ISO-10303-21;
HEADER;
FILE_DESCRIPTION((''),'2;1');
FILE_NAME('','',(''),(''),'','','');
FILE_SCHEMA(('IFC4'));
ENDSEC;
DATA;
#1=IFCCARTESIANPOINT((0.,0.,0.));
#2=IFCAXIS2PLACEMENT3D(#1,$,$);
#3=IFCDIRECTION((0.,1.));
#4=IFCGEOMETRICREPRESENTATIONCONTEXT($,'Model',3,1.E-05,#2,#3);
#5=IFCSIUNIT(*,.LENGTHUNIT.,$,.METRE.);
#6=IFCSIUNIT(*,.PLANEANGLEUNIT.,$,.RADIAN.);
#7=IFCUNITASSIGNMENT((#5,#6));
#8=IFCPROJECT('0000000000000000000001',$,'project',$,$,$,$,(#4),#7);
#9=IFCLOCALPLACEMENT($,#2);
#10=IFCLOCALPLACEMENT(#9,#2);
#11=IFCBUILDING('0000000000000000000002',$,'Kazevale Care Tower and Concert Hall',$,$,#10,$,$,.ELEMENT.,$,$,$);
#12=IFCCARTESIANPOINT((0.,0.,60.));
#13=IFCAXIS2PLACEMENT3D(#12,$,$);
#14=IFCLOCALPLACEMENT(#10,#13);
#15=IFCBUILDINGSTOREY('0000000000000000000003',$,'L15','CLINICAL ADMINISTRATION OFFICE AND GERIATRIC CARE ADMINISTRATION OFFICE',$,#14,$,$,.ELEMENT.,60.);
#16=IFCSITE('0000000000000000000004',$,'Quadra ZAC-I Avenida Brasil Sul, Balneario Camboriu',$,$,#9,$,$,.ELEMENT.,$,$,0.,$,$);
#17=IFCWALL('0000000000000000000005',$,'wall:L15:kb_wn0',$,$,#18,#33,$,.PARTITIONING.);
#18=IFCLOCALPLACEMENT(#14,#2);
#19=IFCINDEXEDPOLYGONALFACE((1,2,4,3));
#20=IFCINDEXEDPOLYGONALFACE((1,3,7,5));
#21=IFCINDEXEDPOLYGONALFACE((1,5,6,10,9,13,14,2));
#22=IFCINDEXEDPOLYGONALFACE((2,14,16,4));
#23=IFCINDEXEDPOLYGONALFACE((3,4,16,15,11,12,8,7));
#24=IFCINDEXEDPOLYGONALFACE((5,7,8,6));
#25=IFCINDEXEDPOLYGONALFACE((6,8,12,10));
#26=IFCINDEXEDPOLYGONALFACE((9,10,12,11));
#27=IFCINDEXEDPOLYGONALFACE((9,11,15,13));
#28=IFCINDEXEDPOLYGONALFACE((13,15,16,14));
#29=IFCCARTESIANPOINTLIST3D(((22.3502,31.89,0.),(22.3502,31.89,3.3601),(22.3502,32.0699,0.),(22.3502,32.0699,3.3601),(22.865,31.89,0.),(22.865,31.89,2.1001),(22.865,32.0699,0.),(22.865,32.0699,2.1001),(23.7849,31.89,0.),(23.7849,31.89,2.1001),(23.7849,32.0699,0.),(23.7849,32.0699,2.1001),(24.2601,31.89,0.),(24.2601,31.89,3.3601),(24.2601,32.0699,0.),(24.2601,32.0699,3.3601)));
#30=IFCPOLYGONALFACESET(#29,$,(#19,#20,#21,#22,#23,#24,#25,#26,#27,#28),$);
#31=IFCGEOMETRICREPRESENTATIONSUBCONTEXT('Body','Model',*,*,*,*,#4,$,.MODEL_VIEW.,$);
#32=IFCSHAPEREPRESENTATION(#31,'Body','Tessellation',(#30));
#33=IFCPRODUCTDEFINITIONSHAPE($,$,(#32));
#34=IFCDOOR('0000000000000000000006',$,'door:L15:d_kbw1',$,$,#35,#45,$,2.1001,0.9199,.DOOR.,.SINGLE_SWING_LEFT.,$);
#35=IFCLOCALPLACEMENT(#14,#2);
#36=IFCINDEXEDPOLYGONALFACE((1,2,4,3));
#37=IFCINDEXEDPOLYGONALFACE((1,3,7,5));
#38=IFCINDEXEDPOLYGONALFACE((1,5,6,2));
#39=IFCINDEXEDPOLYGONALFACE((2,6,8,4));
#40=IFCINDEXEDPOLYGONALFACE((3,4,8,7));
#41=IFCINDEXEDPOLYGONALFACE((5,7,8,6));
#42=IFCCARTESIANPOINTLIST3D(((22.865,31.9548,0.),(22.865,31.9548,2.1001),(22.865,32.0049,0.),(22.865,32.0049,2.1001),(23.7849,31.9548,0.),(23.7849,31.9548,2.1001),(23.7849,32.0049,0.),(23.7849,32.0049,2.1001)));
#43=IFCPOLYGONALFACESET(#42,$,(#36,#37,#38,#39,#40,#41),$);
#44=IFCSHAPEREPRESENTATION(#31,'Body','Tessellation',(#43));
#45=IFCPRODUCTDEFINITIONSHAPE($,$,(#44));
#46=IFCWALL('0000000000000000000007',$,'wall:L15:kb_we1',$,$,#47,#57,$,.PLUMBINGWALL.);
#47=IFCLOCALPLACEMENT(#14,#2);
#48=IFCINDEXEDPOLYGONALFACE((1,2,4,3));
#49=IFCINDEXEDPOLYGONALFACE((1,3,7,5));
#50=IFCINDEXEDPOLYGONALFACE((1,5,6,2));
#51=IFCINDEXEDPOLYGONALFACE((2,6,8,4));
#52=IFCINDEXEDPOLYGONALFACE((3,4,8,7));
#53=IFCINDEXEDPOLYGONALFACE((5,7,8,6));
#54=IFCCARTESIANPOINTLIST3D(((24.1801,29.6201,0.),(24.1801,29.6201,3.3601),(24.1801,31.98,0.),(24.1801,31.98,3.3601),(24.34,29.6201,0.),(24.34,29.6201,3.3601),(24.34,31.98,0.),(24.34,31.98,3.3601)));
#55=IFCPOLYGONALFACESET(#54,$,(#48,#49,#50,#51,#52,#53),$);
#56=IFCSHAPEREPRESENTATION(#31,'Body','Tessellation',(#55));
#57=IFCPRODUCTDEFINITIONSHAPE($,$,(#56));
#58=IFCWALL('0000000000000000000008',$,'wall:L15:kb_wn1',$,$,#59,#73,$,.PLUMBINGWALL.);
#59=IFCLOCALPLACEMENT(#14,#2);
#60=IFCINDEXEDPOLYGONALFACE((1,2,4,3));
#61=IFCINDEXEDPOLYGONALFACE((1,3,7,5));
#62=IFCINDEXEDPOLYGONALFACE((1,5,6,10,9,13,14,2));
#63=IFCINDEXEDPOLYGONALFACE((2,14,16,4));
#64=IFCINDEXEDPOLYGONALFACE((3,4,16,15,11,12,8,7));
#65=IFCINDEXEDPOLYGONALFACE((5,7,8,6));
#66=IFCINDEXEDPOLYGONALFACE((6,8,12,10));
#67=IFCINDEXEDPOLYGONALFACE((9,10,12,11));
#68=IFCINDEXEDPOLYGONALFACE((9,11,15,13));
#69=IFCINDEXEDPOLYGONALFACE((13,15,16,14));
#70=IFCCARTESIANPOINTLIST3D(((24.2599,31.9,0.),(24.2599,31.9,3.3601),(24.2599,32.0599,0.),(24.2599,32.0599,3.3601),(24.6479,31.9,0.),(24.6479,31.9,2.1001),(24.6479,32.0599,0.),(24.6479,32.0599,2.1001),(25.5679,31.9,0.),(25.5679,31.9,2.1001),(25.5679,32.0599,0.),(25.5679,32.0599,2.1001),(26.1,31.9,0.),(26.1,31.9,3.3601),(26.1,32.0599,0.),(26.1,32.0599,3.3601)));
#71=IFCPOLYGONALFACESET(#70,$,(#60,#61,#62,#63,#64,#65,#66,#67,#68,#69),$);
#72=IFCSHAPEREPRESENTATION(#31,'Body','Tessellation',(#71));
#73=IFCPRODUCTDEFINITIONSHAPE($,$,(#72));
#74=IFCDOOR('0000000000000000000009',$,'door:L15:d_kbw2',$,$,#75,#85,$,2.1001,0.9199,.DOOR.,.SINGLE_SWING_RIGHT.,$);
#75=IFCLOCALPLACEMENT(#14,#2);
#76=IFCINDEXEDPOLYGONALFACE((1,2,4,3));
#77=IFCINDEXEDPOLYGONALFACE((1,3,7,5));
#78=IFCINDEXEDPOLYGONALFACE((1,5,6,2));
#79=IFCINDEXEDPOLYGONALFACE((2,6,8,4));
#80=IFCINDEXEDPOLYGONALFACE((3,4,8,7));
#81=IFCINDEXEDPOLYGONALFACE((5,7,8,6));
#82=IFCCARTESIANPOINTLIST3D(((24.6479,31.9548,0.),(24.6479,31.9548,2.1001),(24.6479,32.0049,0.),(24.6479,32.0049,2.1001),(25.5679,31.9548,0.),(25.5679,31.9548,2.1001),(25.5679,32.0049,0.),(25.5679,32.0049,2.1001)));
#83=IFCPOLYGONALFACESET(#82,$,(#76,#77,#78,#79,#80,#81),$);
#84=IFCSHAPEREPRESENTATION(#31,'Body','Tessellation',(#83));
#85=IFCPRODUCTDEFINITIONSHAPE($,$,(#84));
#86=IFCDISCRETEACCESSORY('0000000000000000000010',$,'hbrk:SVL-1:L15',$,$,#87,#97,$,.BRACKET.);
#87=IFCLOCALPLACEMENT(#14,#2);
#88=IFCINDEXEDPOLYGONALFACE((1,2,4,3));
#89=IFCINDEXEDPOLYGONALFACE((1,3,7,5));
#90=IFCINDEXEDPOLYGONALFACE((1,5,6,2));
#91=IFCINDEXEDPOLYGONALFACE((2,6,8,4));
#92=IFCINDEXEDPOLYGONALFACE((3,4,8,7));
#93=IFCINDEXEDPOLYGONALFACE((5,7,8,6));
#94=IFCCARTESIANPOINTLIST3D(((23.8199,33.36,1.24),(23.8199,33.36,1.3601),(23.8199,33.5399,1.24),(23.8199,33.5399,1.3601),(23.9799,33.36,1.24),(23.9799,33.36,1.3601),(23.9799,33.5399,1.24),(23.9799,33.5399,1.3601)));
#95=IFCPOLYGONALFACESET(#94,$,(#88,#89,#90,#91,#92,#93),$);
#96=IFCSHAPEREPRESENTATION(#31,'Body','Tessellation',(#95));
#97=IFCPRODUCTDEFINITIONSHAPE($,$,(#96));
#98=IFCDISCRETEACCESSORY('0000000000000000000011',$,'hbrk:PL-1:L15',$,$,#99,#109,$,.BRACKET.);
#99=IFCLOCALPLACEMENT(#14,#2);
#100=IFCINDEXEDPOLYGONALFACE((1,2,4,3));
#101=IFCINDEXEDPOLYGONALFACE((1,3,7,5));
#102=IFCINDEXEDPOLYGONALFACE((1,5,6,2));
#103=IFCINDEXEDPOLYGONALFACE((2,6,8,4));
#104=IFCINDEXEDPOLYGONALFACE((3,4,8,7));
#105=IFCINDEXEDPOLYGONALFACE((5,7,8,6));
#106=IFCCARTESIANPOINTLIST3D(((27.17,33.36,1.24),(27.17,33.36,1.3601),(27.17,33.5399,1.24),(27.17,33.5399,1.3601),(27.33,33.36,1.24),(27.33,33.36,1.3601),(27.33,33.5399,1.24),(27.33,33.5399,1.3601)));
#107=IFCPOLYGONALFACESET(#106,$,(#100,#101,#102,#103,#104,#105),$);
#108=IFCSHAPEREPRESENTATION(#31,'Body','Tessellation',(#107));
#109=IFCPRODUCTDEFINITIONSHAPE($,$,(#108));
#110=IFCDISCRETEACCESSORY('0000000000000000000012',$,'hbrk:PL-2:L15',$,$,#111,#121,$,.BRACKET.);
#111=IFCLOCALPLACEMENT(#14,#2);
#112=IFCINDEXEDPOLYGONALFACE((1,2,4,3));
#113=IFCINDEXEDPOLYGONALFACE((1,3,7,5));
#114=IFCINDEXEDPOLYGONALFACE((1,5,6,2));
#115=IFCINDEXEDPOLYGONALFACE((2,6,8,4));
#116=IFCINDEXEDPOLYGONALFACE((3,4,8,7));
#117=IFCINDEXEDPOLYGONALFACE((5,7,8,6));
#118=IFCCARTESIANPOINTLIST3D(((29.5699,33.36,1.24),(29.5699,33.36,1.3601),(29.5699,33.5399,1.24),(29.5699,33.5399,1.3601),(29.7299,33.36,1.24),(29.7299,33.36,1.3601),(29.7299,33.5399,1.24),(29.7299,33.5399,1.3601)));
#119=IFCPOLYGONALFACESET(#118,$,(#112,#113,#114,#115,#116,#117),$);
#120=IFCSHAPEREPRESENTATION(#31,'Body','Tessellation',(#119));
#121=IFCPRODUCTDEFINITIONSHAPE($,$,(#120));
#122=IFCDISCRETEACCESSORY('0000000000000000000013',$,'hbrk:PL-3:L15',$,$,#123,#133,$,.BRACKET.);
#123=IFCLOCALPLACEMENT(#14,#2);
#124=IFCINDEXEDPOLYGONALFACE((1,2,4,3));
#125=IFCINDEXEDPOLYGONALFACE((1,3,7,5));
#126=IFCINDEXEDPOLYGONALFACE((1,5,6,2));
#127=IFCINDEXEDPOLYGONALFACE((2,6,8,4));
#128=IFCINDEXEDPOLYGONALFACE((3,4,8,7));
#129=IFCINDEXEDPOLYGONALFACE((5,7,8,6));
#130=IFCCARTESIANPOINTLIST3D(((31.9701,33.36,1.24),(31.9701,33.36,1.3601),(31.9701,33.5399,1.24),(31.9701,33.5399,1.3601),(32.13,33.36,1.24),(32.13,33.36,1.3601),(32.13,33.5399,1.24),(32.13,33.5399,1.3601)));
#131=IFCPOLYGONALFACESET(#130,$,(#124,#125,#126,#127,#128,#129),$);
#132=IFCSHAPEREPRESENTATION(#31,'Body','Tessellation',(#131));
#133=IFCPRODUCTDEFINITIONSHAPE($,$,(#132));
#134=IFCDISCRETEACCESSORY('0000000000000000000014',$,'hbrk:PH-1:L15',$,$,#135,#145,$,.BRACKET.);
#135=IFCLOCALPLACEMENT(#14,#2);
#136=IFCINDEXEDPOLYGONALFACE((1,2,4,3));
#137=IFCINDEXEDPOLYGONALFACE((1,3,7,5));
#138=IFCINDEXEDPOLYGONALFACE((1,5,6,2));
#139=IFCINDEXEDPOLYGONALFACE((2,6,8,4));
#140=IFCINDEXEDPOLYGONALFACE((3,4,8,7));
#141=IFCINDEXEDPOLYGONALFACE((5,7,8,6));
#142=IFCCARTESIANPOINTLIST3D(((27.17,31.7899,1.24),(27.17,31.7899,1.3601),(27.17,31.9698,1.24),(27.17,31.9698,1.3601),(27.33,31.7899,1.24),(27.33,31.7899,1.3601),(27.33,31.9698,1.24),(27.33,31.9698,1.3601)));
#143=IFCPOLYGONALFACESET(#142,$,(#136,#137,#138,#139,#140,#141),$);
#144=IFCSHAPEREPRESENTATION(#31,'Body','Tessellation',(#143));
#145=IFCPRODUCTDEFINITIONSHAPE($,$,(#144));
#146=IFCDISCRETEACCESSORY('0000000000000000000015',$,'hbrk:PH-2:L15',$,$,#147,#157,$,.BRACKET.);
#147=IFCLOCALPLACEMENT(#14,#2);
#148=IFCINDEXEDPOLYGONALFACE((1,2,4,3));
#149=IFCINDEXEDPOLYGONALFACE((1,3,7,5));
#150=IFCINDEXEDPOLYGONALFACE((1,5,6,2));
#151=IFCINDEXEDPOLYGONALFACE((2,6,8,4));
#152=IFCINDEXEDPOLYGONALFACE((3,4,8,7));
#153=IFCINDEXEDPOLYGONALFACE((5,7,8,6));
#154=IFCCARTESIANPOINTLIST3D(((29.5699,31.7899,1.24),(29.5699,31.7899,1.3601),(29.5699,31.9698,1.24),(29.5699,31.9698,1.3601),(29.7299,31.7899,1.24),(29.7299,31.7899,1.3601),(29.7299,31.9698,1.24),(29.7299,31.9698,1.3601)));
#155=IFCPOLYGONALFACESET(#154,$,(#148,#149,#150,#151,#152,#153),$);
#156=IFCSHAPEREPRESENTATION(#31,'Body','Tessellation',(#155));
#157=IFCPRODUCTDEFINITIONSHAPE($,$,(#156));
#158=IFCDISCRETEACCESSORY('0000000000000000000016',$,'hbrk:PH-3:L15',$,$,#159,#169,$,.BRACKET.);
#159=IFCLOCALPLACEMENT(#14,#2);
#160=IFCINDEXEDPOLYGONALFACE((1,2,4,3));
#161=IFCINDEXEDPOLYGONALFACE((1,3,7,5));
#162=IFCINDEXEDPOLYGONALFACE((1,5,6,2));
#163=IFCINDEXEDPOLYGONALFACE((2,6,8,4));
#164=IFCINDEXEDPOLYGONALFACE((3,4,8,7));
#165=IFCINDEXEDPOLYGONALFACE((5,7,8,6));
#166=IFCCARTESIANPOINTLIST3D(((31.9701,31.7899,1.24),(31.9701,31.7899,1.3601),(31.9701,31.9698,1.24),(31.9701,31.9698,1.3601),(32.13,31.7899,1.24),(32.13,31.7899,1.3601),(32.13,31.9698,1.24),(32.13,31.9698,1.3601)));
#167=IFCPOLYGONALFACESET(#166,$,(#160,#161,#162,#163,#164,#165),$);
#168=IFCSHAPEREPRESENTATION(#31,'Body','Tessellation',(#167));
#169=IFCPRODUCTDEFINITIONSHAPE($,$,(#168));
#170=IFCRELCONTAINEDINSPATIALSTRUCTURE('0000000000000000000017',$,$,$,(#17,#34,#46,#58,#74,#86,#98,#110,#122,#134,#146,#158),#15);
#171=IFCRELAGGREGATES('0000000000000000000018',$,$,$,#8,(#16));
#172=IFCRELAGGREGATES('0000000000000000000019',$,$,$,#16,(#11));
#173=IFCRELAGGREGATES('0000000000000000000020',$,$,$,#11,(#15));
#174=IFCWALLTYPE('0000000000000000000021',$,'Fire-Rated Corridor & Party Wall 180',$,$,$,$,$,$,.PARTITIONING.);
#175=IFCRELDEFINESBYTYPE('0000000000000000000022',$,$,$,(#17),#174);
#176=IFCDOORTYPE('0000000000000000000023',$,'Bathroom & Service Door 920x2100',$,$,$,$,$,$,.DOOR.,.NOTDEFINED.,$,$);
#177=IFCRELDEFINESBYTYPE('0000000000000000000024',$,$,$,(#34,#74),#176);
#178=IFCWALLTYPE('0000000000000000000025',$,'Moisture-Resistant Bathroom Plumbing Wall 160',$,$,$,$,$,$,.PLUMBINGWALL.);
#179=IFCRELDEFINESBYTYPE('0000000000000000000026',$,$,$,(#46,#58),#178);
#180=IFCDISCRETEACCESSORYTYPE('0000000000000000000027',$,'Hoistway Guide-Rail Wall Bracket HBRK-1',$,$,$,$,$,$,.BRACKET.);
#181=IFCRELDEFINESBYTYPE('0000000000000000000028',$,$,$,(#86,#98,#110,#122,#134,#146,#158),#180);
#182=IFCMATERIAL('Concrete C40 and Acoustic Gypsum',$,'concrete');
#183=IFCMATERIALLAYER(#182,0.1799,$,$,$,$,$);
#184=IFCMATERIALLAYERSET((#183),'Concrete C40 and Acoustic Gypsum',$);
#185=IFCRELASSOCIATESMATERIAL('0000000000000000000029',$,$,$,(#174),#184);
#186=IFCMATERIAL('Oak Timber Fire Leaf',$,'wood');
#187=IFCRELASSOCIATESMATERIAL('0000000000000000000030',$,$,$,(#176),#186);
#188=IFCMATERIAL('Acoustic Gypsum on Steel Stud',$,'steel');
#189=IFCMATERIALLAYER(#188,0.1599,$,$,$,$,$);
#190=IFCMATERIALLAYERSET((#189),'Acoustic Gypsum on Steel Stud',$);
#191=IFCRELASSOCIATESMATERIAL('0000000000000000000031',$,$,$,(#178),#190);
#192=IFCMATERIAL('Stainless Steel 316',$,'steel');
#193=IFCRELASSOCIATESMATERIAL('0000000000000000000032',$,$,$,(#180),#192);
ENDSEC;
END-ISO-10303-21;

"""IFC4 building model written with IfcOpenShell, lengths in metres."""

from ifc_helpers import new_model, si_unit, direction, frame, frame_2d, origin, origin_2d, place, context, subcontext, project, spatial, rectangle, extrude, material, layer, layer_set, type_object, element, fill, save


model = new_model("IFC4")

# Units and contexts
model_context = context("Model", 3, precision=1e-05, world=origin(), true_north=direction((0.0, 1.0)))
body_context = subcontext(model_context, "Body", "Model", "MODEL_VIEW")
ifc_project = project(units=[si_unit("LENGTHUNIT", "METRE"), si_unit("PLANEANGLEUNIT", "RADIAN")], contexts=[model_context])

# Site, building, storey
site_placement = place(None, origin())
site = spatial("IfcSite", under=ifc_project, at=site_placement, Name="Quadra ZAC-I Avenida Brasil Sul, Balneario Camboriu", CompositionType="ELEMENT", RefElevation=0.0)
building_placement = place(site_placement, origin())
building = spatial("IfcBuilding", under=site, at=building_placement, Name="Kazevale Care Tower and Concert Hall", CompositionType="ELEMENT")
storey_placement = place(building_placement, frame((0.0, 0.0, 60.0)))
storey = spatial("IfcBuildingStorey", under=building, at=storey_placement, Name="L15", Description="CLINICAL ADMINISTRATION OFFICE AND GERIATRIC CARE ADMINISTRATION OFFICE", CompositionType="ELEMENT", Elevation=60.0)

# Shared definitions
ifc_material_1 = material(Name="Stainless Steel 316", Category="steel")

# Wall, opening, door
ifc_material_2 = material(Name="Concrete C40 and Acoustic Gypsum", Category="concrete")
ifc_layer_1 = layer(ifc_material_2, 0.1799)
ifc_layer_set_1 = layer_set([ifc_layer_1], Name="Concrete C40 and Acoustic Gypsum")
wall_type_1 = type_object("IfcWallType", Name="Fire-Rated Corridor & Party Wall 180", PredefinedType="PARTITIONING", material=ifc_layer_set_1)
wall_1_placement = place(storey_placement, frame((22.3501, 31.98, 0.0), z_axis=(0.0, 0.0, 1.0), x_axis=(1.0, 0.0, 0.0)))
wall_1 = element("IfcWall", 1, at=wall_1_placement, inside=storey, type_object=wall_type_1, Name="wall:L15:kb_wn0", PredefinedType="PARTITIONING", context=body_context, shape_type="SweptSolid", body=[
    extrude(rectangle(XDim=1.9099, YDim=0.1799, at=frame_2d((0.9551, 0.0))), origin(), (0.0, 0.0, 1.0), 3.3601),
])
opening_1_placement = place(wall_1_placement, frame((0.5149, 0.0, 0.0)))
opening_1 = element("IfcOpeningElement", 2, at=opening_1_placement, cuts=wall_1, PredefinedType="OPENING", context=body_context, shape_type="SweptSolid", body=[
    extrude(rectangle(XDim=0.9199, YDim=2.1001, at=frame_2d((0.46, 1.05))), frame((0.0, 0.0999, 0.0), z_axis=(0.0, -1.0, 0.0), x_axis=(1.0, 0.0, 0.0)), (0.0, 0.0, 1.0), 0.2),
])
ifc_material_3 = material(Name="Oak Timber Fire Leaf", Category="wood")
door_type_1 = type_object("IfcDoorType", Name="Bathroom & Service Door 920x2100", OperationType="NOTDEFINED", PredefinedType="DOOR", material=ifc_material_3)
door_1_placement = place(opening_1_placement, origin())
door_1 = element("IfcDoor", 3, at=door_1_placement, inside=storey, type_object=door_type_1, Name="door:L15:d_kbw1", OperationType="SINGLE_SWING_LEFT", OverallHeight=2.1001, OverallWidth=0.9199, PredefinedType="DOOR", context=body_context, shape_type="SweptSolid", body=[
    extrude(rectangle(XDim=0.9199, YDim=2.1001, at=frame_2d((0.46, 1.05))), frame((0.0, 0.0249, 0.0), z_axis=(0.0, -1.0, 0.0), x_axis=(1.0, 0.0, 0.0)), (0.0, 0.0, 1.0), 0.05),
])
fill(opening_1, door_1)

# Wall
ifc_material_4 = material(Name="Acoustic Gypsum on Steel Stud", Category="steel")
ifc_layer_2 = layer(ifc_material_4, 0.1599)
ifc_layer_set_2 = layer_set([ifc_layer_2], Name="Acoustic Gypsum on Steel Stud")
wall_type_2 = type_object("IfcWallType", Name="Moisture-Resistant Bathroom Plumbing Wall 160", PredefinedType="PLUMBINGWALL", material=ifc_layer_set_2)
wall_2_placement = place(storey_placement, frame((24.26, 29.6201, 0.0), z_axis=(0.0, 0.0, 1.0), x_axis=(0.0, 1.0, 0.0)))
element("IfcWall", 4, at=wall_2_placement, inside=storey, type_object=wall_type_2, Name="wall:L15:kb_we1", PredefinedType="PLUMBINGWALL", context=body_context, shape_type="SweptSolid", body=[
    extrude(rectangle(XDim=2.3599, YDim=0.1599, at=frame_2d((1.1799, 0.0))), origin(), (0.0, 0.0, 1.0), 3.3601),
])

# Wall, opening, door
wall_3_placement = place(storey_placement, frame((24.26, 31.98, 0.0), z_axis=(0.0, 0.0, 1.0), x_axis=(1.0, 0.0, 0.0)))
wall_3 = element("IfcWall", 5, at=wall_3_placement, inside=storey, type_object=wall_type_2, Name="wall:L15:kb_wn1", PredefinedType="PLUMBINGWALL", context=body_context, shape_type="SweptSolid", body=[
    extrude(rectangle(XDim=1.8401, YDim=0.1599, at=frame_2d((0.9199, 0.0))), origin(), (0.0, 0.0, 1.0), 3.3601),
])
opening_2_placement = place(wall_3_placement, frame((0.3879, 0.0, 0.0)))
opening_2 = element("IfcOpeningElement", 6, at=opening_2_placement, cuts=wall_3, PredefinedType="OPENING", context=body_context, shape_type="SweptSolid", body=[
    extrude(rectangle(XDim=0.9199, YDim=2.1001, at=frame_2d((0.46, 1.05))), frame((0.0, 0.0898, 0.0), z_axis=(0.0, -1.0, 0.0), x_axis=(1.0, 0.0, 0.0)), (0.0, 0.0, 1.0), 0.1799),
])
door_2_placement = place(opening_2_placement, origin())
door_2 = element("IfcDoor", 7, at=door_2_placement, inside=storey, type_object=door_type_1, Name="door:L15:d_kbw2", OperationType="SINGLE_SWING_RIGHT", OverallHeight=2.1001, OverallWidth=0.9199, PredefinedType="DOOR", context=body_context, shape_type="SweptSolid", body=[
    extrude(rectangle(XDim=0.9199, YDim=2.1001, at=frame_2d((0.46, 1.05))), frame((0.0, 0.0249, 0.0), z_axis=(0.0, -1.0, 0.0), x_axis=(1.0, 0.0, 0.0)), (0.0, 0.0, 1.0), 0.05),
])
fill(opening_2, door_2)

# Discrete accessories
discrete_accessory_type = type_object("IfcDiscreteAccessoryType", Name="Hoistway Guide-Rail Wall Bracket HBRK-1", PredefinedType="BRACKET", material=ifc_material_1)
for number, where, z_axis, x_axis, name in (
    (8, (23.8999, 33.45, 1.24), (0.0, 0.0, 1.0), (1.0, 0.0, 0.0), "hbrk:SVL-1:L15"),
    (9, (27.25, 33.45, 1.24), (0.0, 0.0, 1.0), (1.0, 0.0, 0.0), "hbrk:PL-1:L15"),
    (10, (29.6499, 33.45, 1.24), (0.0, 0.0, 1.0), (1.0, 0.0, 0.0), "hbrk:PL-2:L15"),
    (11, (32.05, 33.45, 1.24), (0.0, 0.0, 1.0), (1.0, 0.0, 0.0), "hbrk:PL-3:L15"),
    (12, (27.25, 31.8799, 1.24), (0.0, 0.0, 1.0), (1.0, 0.0, 0.0), "hbrk:PH-1:L15"),
    (13, (29.6499, 31.8799, 1.24), (0.0, 0.0, 1.0), (1.0, 0.0, 0.0), "hbrk:PH-2:L15"),
    (14, (32.05, 31.8799, 1.24), (0.0, 0.0, 1.0), (1.0, 0.0, 0.0), "hbrk:PH-3:L15"),
):
    element("IfcDiscreteAccessory", number, at=place(storey_placement, frame(where, z_axis=z_axis, x_axis=x_axis)), inside=storey, type_object=discrete_accessory_type, Name=name, PredefinedType="BRACKET", context=body_context, shape_type="SweptSolid", body=[
        extrude(rectangle(XDim=0.1599, YDim=0.1799, at=origin_2d()), origin(), (0.0, 0.0, 1.0), 0.1201),
    ])

save(model, "model.ifc")
